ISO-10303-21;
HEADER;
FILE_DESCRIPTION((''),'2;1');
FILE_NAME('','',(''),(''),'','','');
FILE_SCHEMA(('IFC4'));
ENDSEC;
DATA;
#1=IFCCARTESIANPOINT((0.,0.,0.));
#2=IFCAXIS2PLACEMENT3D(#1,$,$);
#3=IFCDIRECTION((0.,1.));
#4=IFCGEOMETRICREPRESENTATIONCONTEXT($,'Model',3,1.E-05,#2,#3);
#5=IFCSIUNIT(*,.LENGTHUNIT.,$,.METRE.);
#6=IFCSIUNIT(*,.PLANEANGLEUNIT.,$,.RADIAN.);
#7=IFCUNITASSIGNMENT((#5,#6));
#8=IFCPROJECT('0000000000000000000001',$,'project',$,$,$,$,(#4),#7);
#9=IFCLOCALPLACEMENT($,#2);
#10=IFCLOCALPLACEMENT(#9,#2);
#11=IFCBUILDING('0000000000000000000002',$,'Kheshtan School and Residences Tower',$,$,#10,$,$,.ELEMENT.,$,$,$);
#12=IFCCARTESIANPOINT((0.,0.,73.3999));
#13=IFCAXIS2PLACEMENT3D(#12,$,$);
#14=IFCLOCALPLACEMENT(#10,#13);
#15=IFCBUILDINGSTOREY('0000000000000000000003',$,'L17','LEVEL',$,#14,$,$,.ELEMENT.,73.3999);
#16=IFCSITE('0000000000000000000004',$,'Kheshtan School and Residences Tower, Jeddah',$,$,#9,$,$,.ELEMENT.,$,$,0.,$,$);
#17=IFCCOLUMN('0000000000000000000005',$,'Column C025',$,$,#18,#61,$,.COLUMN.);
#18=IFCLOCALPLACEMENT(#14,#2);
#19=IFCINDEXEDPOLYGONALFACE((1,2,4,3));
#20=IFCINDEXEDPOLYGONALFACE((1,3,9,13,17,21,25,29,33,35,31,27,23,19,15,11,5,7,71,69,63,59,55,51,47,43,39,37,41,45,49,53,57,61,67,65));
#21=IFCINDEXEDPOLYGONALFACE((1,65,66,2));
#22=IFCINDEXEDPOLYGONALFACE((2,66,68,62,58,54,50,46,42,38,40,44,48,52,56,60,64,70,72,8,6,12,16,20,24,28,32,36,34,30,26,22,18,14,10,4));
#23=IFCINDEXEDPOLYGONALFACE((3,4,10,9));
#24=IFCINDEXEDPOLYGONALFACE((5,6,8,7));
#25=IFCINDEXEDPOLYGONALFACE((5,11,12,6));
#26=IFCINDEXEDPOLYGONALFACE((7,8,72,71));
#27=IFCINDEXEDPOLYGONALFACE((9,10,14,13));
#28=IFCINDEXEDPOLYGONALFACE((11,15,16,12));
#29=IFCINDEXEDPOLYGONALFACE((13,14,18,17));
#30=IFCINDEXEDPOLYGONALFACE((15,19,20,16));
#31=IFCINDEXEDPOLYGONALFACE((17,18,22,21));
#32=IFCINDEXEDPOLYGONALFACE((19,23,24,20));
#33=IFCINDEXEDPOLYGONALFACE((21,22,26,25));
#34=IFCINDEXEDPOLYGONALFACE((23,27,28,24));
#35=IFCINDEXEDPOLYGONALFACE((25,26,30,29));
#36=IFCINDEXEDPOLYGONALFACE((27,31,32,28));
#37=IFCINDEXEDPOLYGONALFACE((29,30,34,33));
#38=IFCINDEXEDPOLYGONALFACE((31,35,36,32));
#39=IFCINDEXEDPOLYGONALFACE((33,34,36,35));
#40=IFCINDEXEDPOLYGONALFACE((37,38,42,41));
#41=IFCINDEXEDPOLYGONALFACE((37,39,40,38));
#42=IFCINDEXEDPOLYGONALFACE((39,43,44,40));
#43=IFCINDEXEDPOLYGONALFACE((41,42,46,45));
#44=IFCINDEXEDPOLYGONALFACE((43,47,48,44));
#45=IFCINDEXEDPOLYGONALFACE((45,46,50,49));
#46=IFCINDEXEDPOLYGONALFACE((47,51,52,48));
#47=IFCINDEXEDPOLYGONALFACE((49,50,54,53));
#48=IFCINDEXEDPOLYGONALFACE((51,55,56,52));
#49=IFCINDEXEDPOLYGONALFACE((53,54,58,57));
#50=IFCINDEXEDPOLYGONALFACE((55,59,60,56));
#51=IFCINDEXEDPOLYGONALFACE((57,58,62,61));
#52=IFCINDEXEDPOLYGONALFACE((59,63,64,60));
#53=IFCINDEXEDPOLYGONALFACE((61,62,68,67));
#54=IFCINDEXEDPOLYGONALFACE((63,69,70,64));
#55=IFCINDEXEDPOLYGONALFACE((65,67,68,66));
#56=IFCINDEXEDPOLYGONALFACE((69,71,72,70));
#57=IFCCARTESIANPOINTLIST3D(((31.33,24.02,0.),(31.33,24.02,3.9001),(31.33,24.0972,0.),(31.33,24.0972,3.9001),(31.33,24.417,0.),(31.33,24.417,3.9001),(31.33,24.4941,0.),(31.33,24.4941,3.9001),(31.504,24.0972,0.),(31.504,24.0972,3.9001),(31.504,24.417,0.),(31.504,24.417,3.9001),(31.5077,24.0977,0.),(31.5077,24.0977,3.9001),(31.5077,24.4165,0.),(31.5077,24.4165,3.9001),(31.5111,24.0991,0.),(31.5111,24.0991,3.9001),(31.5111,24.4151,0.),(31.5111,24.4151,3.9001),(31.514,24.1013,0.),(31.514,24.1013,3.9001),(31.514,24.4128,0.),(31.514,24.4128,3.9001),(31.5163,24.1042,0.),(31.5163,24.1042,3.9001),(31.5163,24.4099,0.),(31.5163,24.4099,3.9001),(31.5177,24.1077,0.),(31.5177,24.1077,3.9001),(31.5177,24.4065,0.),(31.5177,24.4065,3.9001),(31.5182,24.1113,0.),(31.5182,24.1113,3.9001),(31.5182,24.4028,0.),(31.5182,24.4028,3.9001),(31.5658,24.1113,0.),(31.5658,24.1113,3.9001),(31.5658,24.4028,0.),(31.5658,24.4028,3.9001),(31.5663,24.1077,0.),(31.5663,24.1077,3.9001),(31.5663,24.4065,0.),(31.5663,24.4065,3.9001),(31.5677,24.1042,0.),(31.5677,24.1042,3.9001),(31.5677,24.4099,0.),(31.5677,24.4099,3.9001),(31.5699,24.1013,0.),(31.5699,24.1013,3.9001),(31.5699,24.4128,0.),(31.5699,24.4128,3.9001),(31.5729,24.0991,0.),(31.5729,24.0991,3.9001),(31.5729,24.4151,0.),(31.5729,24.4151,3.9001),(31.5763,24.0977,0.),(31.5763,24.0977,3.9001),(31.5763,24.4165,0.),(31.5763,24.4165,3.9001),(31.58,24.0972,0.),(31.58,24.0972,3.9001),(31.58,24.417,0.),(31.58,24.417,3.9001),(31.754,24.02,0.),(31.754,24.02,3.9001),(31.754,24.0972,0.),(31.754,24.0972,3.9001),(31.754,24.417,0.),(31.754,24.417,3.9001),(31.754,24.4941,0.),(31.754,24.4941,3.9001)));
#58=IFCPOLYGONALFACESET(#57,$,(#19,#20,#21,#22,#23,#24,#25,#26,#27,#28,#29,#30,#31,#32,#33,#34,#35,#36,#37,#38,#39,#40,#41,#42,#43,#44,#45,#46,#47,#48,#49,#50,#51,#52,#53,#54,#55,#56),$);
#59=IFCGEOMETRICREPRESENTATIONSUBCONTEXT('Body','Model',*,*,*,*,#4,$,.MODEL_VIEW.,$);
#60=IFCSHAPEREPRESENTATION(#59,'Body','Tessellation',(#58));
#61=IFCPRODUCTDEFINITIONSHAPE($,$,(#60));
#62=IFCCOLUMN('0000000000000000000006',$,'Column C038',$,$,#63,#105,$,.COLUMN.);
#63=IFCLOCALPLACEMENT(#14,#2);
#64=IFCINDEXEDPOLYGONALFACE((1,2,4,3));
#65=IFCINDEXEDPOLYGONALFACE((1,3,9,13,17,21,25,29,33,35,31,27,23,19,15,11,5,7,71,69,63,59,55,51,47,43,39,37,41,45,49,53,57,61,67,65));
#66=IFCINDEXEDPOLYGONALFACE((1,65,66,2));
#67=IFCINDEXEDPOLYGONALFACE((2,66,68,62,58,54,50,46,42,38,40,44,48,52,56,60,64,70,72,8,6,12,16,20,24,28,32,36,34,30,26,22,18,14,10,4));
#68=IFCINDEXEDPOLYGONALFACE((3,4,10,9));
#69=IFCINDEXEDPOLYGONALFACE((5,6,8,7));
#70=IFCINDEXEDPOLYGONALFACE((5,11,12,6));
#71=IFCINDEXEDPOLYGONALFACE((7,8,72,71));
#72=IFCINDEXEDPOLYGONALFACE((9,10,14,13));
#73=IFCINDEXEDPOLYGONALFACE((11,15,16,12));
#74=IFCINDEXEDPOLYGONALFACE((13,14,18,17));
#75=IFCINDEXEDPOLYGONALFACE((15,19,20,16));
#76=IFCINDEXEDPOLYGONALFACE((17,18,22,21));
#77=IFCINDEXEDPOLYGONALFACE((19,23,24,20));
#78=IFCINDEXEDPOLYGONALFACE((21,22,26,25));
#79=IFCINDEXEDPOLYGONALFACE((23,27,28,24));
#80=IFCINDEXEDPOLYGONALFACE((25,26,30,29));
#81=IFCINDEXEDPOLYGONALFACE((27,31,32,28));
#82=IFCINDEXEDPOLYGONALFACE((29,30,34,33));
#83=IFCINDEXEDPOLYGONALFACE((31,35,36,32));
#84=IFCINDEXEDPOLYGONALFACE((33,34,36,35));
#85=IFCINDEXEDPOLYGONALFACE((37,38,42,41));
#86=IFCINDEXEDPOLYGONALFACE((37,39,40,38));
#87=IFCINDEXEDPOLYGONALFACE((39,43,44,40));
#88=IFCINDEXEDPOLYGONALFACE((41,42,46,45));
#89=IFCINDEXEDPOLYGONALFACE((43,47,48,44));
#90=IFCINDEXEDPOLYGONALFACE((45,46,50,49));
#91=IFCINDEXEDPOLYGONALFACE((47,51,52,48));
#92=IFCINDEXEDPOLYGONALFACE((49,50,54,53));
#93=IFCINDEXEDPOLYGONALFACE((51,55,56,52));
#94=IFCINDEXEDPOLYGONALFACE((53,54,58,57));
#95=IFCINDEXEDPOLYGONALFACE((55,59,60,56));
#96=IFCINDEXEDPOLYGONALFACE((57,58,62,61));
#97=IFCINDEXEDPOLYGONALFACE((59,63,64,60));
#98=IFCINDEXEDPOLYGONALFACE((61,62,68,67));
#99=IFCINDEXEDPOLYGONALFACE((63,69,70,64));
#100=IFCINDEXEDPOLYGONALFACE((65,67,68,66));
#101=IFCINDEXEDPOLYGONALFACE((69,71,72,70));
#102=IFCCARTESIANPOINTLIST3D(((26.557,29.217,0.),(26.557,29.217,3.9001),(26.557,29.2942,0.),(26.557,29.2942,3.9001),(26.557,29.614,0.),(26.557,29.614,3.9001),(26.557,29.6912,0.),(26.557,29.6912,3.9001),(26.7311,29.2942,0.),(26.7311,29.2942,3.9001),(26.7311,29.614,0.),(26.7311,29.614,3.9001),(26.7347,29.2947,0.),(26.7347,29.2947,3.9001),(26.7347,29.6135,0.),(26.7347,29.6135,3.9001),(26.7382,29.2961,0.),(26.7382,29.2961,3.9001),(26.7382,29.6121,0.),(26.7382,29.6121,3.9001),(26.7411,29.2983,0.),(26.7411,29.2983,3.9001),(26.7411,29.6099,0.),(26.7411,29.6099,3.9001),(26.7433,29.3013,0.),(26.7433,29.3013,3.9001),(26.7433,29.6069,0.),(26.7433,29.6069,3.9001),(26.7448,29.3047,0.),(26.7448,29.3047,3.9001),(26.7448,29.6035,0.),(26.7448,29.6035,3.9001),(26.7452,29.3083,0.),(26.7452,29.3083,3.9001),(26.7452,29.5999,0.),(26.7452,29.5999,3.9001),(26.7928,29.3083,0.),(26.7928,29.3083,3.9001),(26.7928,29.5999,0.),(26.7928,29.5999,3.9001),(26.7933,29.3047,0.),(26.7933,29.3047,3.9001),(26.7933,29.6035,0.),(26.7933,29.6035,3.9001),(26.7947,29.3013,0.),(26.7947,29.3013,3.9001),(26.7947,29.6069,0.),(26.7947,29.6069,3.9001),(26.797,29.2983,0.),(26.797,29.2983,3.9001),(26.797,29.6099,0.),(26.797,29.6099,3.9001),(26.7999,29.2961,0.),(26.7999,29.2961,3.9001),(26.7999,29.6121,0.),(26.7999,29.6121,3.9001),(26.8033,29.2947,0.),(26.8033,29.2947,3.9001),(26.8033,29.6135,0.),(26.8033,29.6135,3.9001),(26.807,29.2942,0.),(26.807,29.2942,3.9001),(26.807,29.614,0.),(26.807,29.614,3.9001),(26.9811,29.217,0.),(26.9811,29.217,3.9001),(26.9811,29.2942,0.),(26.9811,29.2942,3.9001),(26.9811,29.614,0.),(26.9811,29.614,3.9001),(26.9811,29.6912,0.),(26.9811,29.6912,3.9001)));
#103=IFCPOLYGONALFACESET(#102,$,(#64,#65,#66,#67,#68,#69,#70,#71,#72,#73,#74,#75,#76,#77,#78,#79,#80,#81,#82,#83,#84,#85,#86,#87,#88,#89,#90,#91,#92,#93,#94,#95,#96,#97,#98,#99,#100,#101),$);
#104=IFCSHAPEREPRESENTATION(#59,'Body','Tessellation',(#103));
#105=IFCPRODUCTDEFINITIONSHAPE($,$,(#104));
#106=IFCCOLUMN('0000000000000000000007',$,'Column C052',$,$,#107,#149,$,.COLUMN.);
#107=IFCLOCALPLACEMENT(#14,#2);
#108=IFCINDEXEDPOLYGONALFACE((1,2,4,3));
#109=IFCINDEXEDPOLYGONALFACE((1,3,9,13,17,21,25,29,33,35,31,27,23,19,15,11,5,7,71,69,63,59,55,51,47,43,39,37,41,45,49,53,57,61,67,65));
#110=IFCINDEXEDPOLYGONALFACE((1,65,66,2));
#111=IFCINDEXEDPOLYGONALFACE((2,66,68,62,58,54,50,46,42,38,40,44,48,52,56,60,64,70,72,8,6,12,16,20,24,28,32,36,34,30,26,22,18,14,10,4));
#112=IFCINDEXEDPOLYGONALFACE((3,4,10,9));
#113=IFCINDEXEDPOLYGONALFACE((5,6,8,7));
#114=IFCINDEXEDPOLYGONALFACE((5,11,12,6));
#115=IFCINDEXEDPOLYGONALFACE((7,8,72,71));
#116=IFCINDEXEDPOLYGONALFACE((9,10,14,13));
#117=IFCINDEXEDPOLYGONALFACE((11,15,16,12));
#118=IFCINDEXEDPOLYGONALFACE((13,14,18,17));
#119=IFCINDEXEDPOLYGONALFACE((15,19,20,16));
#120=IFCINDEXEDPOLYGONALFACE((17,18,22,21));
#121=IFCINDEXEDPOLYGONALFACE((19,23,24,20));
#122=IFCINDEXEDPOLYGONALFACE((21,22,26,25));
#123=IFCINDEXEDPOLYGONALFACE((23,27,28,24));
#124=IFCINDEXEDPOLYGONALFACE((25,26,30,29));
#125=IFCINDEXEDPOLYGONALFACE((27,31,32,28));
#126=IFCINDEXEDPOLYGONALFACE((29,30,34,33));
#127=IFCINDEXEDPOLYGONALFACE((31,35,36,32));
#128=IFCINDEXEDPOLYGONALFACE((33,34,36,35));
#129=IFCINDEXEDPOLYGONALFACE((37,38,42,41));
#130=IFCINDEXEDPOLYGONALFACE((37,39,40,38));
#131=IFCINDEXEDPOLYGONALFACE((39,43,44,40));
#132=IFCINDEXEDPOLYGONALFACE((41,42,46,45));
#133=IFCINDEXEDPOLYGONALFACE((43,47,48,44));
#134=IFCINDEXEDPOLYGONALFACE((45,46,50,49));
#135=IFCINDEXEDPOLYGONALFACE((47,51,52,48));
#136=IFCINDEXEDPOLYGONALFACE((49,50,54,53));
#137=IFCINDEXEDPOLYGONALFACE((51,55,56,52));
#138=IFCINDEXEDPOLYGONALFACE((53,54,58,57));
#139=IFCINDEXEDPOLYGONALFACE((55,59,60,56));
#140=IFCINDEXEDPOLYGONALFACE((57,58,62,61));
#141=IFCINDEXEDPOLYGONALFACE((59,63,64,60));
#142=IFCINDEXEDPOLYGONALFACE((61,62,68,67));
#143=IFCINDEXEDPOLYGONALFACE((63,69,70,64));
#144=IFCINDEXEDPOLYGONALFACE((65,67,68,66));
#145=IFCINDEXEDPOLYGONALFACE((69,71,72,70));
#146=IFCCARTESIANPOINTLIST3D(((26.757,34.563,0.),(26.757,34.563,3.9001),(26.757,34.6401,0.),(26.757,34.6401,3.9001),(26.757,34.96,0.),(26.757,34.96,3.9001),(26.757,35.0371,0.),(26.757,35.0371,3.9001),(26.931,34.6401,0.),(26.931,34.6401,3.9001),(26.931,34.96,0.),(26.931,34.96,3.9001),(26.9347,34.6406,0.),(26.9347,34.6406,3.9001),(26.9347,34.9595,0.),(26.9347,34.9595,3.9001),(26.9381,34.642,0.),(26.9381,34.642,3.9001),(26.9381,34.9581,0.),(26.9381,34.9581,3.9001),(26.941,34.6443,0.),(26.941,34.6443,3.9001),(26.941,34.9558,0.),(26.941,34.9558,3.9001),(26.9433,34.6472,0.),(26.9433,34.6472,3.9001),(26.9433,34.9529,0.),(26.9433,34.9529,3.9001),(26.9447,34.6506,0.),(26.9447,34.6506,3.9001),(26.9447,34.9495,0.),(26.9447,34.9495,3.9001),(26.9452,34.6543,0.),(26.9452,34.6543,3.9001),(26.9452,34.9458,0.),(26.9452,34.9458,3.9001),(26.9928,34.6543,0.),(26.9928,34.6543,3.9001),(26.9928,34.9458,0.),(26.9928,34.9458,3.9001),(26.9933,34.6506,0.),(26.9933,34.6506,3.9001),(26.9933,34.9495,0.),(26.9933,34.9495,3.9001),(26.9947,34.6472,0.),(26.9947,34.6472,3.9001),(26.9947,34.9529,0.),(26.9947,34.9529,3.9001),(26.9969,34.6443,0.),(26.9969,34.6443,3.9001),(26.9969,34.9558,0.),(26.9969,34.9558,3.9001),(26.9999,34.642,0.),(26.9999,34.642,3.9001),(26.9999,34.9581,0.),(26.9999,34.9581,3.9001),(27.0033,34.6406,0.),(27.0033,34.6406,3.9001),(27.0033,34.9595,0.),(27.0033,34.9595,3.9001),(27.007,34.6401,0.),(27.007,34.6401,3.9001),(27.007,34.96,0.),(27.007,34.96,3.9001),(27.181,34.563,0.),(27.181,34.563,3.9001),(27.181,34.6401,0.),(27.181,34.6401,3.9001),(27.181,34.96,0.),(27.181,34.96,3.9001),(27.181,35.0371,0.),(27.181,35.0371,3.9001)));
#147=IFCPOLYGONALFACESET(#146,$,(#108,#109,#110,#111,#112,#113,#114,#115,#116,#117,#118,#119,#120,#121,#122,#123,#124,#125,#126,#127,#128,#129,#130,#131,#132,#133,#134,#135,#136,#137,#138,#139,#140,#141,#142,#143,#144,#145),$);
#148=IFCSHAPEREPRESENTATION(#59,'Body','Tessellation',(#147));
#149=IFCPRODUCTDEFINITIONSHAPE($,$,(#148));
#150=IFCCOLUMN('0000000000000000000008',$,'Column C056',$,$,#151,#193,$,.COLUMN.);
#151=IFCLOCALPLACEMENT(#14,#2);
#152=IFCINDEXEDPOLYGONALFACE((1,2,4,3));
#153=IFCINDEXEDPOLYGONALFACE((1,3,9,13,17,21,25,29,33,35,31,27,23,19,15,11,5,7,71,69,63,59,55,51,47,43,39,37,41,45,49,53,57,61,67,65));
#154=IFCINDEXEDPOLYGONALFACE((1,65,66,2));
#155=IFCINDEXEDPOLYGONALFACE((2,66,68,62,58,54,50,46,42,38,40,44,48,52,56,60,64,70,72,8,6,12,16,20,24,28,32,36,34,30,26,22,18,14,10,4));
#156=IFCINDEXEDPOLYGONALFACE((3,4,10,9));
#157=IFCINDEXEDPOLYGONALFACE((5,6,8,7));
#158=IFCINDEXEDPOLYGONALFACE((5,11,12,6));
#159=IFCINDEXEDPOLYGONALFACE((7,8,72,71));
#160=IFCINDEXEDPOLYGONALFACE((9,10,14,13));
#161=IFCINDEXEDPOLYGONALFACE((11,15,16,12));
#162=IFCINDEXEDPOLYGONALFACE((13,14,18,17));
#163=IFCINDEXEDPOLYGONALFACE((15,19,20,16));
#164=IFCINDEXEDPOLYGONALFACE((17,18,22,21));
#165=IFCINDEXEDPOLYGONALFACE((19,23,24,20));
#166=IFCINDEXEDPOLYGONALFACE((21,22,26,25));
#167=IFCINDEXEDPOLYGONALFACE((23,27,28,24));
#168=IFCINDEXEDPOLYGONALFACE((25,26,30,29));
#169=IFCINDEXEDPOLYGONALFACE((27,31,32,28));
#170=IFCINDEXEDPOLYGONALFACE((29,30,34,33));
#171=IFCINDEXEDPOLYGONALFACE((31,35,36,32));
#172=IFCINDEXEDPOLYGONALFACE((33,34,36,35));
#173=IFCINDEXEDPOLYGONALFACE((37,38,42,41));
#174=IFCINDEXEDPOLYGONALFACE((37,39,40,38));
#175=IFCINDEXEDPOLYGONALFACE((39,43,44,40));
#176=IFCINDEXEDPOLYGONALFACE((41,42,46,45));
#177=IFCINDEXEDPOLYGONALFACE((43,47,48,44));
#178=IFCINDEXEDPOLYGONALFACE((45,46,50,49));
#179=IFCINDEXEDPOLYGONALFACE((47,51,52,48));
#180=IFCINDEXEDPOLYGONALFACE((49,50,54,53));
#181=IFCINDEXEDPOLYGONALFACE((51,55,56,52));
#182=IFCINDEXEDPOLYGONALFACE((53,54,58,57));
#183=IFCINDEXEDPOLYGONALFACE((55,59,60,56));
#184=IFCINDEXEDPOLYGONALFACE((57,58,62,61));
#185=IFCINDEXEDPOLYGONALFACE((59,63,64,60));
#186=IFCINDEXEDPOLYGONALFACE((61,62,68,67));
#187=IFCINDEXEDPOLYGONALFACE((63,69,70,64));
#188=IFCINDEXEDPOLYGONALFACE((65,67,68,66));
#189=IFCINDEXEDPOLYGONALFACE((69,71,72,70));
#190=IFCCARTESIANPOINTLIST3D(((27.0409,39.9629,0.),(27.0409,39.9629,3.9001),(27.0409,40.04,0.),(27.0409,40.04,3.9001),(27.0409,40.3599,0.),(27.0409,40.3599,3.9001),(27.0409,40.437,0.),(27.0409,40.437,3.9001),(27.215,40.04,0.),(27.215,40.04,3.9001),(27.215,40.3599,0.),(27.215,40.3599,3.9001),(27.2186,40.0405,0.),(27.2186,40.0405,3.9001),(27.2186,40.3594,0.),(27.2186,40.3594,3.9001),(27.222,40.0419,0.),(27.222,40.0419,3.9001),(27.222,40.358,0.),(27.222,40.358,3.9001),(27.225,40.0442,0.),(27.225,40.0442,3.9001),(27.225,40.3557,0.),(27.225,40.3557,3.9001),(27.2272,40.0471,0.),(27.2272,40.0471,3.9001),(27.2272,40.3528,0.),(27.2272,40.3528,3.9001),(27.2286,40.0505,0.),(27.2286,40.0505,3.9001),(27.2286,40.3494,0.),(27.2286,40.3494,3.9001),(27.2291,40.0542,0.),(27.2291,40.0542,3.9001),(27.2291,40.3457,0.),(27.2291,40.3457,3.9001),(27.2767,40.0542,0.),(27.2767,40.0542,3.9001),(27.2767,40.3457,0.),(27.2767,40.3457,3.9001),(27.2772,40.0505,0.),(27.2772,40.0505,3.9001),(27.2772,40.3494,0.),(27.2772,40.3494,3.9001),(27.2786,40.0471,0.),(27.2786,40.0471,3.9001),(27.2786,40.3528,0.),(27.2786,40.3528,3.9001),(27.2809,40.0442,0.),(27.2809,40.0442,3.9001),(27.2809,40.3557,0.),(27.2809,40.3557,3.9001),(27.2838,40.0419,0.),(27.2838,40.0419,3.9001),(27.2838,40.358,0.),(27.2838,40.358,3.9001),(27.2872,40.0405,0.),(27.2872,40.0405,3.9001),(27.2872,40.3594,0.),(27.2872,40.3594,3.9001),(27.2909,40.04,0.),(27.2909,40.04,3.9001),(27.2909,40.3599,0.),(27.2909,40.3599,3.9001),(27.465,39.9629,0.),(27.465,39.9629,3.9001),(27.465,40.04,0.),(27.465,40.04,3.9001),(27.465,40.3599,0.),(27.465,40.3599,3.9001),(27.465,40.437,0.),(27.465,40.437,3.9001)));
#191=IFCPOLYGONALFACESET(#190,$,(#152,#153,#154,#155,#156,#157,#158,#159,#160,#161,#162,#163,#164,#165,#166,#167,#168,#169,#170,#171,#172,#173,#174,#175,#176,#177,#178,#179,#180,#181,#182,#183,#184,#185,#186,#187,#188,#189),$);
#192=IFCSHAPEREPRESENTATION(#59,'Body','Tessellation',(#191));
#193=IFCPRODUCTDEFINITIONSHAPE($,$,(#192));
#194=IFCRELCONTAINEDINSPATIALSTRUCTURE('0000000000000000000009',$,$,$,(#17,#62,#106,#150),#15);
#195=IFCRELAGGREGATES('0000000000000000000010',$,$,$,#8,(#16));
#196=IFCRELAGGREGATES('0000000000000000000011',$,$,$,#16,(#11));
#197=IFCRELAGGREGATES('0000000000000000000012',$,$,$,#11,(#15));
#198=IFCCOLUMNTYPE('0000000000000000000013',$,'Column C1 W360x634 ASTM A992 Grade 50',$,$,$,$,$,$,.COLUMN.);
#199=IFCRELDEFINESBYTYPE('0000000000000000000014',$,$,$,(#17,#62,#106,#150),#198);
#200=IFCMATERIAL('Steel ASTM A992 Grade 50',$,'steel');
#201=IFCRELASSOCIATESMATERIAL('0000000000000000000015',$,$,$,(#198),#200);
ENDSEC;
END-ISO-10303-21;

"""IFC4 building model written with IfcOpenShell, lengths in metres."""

from ifc_helpers import new_model, si_unit, direction, frame, origin, origin_2d, place, context, subcontext, project, spatial, i_section, extrude, material, material_profile, profile_set, type_object, element, save


model = new_model("IFC4")

# Units and contexts
model_context = context("Model", 3, precision=1e-05, world=origin(), true_north=direction((0.0, 1.0)))
body_context = subcontext(model_context, "Body", "Model", "MODEL_VIEW")
ifc_project = project(units=[si_unit("LENGTHUNIT", "METRE"), si_unit("PLANEANGLEUNIT", "RADIAN")], contexts=[model_context])

# Site, building, storey
site_placement = place(None, origin())
site = spatial("IfcSite", under=ifc_project, at=site_placement, Name="Kheshtan School and Residences Tower, Jeddah", CompositionType="ELEMENT", RefElevation=0.0)
building_placement = place(site_placement, origin())
building = spatial("IfcBuilding", under=site, at=building_placement, Name="Kheshtan School and Residences Tower", CompositionType="ELEMENT")
storey_placement = place(building_placement, frame((0.0, 0.0, 73.3999)))
storey = spatial("IfcBuildingStorey", under=building, at=storey_placement, Name="L17", Description="LEVEL", CompositionType="ELEMENT", Elevation=73.3999)

# Columns
ifc_material_1 = material(Name="Steel ASTM A992 Grade 50", Category="steel")
ifc_material_profile_1 = material_profile(ifc_material_1, i_section(OverallWidth=0.4241, OverallDepth=0.4741, WebThickness=0.0476, FlangeThickness=0.0771, FilletRadius=0.0142, at=origin_2d()), Name="W360x634")
ifc_profile_set_1 = profile_set([ifc_material_profile_1], Name="Steel ASTM A992 Grade 50")
column_type = type_object("IfcColumnType", Name="Column C1 W360x634 ASTM A992 Grade 50", PredefinedType="COLUMN", material=ifc_profile_set_1)
for number, where, z_axis, x_axis, name in (
    (1, (31.542, 24.2571, 0.0), (0.0, 0.0, 1.0), (1.0, 0.0, 0.0), "Column C025"),
    (2, (26.769, 29.4541, 0.0), (0.0, 0.0, 1.0), (1.0, 0.0, 0.0), "Column C038"),
    (3, (26.969, 34.8, 0.0), (0.0, 0.0, 1.0), (1.0, 0.0, 0.0), "Column C052"),
    (4, (27.2529, 40.2, 0.0), (0.0, 0.0, 1.0), (1.0, 0.0, 0.0), "Column C056"),
):
    element("IfcColumn", number, at=place(storey_placement, frame(where, z_axis=z_axis, x_axis=x_axis)), inside=storey, type_object=column_type, Name=name, PredefinedType="COLUMN", context=body_context, shape_type="SweptSolid", body=[
        extrude(i_section(OverallWidth=0.4241, OverallDepth=0.4741, WebThickness=0.0476, FlangeThickness=0.0771, FilletRadius=0.0142, at=origin_2d()), origin(), (0.0, 0.0, 1.0), 3.9001),
    ])

save(model, "model.ifc")
